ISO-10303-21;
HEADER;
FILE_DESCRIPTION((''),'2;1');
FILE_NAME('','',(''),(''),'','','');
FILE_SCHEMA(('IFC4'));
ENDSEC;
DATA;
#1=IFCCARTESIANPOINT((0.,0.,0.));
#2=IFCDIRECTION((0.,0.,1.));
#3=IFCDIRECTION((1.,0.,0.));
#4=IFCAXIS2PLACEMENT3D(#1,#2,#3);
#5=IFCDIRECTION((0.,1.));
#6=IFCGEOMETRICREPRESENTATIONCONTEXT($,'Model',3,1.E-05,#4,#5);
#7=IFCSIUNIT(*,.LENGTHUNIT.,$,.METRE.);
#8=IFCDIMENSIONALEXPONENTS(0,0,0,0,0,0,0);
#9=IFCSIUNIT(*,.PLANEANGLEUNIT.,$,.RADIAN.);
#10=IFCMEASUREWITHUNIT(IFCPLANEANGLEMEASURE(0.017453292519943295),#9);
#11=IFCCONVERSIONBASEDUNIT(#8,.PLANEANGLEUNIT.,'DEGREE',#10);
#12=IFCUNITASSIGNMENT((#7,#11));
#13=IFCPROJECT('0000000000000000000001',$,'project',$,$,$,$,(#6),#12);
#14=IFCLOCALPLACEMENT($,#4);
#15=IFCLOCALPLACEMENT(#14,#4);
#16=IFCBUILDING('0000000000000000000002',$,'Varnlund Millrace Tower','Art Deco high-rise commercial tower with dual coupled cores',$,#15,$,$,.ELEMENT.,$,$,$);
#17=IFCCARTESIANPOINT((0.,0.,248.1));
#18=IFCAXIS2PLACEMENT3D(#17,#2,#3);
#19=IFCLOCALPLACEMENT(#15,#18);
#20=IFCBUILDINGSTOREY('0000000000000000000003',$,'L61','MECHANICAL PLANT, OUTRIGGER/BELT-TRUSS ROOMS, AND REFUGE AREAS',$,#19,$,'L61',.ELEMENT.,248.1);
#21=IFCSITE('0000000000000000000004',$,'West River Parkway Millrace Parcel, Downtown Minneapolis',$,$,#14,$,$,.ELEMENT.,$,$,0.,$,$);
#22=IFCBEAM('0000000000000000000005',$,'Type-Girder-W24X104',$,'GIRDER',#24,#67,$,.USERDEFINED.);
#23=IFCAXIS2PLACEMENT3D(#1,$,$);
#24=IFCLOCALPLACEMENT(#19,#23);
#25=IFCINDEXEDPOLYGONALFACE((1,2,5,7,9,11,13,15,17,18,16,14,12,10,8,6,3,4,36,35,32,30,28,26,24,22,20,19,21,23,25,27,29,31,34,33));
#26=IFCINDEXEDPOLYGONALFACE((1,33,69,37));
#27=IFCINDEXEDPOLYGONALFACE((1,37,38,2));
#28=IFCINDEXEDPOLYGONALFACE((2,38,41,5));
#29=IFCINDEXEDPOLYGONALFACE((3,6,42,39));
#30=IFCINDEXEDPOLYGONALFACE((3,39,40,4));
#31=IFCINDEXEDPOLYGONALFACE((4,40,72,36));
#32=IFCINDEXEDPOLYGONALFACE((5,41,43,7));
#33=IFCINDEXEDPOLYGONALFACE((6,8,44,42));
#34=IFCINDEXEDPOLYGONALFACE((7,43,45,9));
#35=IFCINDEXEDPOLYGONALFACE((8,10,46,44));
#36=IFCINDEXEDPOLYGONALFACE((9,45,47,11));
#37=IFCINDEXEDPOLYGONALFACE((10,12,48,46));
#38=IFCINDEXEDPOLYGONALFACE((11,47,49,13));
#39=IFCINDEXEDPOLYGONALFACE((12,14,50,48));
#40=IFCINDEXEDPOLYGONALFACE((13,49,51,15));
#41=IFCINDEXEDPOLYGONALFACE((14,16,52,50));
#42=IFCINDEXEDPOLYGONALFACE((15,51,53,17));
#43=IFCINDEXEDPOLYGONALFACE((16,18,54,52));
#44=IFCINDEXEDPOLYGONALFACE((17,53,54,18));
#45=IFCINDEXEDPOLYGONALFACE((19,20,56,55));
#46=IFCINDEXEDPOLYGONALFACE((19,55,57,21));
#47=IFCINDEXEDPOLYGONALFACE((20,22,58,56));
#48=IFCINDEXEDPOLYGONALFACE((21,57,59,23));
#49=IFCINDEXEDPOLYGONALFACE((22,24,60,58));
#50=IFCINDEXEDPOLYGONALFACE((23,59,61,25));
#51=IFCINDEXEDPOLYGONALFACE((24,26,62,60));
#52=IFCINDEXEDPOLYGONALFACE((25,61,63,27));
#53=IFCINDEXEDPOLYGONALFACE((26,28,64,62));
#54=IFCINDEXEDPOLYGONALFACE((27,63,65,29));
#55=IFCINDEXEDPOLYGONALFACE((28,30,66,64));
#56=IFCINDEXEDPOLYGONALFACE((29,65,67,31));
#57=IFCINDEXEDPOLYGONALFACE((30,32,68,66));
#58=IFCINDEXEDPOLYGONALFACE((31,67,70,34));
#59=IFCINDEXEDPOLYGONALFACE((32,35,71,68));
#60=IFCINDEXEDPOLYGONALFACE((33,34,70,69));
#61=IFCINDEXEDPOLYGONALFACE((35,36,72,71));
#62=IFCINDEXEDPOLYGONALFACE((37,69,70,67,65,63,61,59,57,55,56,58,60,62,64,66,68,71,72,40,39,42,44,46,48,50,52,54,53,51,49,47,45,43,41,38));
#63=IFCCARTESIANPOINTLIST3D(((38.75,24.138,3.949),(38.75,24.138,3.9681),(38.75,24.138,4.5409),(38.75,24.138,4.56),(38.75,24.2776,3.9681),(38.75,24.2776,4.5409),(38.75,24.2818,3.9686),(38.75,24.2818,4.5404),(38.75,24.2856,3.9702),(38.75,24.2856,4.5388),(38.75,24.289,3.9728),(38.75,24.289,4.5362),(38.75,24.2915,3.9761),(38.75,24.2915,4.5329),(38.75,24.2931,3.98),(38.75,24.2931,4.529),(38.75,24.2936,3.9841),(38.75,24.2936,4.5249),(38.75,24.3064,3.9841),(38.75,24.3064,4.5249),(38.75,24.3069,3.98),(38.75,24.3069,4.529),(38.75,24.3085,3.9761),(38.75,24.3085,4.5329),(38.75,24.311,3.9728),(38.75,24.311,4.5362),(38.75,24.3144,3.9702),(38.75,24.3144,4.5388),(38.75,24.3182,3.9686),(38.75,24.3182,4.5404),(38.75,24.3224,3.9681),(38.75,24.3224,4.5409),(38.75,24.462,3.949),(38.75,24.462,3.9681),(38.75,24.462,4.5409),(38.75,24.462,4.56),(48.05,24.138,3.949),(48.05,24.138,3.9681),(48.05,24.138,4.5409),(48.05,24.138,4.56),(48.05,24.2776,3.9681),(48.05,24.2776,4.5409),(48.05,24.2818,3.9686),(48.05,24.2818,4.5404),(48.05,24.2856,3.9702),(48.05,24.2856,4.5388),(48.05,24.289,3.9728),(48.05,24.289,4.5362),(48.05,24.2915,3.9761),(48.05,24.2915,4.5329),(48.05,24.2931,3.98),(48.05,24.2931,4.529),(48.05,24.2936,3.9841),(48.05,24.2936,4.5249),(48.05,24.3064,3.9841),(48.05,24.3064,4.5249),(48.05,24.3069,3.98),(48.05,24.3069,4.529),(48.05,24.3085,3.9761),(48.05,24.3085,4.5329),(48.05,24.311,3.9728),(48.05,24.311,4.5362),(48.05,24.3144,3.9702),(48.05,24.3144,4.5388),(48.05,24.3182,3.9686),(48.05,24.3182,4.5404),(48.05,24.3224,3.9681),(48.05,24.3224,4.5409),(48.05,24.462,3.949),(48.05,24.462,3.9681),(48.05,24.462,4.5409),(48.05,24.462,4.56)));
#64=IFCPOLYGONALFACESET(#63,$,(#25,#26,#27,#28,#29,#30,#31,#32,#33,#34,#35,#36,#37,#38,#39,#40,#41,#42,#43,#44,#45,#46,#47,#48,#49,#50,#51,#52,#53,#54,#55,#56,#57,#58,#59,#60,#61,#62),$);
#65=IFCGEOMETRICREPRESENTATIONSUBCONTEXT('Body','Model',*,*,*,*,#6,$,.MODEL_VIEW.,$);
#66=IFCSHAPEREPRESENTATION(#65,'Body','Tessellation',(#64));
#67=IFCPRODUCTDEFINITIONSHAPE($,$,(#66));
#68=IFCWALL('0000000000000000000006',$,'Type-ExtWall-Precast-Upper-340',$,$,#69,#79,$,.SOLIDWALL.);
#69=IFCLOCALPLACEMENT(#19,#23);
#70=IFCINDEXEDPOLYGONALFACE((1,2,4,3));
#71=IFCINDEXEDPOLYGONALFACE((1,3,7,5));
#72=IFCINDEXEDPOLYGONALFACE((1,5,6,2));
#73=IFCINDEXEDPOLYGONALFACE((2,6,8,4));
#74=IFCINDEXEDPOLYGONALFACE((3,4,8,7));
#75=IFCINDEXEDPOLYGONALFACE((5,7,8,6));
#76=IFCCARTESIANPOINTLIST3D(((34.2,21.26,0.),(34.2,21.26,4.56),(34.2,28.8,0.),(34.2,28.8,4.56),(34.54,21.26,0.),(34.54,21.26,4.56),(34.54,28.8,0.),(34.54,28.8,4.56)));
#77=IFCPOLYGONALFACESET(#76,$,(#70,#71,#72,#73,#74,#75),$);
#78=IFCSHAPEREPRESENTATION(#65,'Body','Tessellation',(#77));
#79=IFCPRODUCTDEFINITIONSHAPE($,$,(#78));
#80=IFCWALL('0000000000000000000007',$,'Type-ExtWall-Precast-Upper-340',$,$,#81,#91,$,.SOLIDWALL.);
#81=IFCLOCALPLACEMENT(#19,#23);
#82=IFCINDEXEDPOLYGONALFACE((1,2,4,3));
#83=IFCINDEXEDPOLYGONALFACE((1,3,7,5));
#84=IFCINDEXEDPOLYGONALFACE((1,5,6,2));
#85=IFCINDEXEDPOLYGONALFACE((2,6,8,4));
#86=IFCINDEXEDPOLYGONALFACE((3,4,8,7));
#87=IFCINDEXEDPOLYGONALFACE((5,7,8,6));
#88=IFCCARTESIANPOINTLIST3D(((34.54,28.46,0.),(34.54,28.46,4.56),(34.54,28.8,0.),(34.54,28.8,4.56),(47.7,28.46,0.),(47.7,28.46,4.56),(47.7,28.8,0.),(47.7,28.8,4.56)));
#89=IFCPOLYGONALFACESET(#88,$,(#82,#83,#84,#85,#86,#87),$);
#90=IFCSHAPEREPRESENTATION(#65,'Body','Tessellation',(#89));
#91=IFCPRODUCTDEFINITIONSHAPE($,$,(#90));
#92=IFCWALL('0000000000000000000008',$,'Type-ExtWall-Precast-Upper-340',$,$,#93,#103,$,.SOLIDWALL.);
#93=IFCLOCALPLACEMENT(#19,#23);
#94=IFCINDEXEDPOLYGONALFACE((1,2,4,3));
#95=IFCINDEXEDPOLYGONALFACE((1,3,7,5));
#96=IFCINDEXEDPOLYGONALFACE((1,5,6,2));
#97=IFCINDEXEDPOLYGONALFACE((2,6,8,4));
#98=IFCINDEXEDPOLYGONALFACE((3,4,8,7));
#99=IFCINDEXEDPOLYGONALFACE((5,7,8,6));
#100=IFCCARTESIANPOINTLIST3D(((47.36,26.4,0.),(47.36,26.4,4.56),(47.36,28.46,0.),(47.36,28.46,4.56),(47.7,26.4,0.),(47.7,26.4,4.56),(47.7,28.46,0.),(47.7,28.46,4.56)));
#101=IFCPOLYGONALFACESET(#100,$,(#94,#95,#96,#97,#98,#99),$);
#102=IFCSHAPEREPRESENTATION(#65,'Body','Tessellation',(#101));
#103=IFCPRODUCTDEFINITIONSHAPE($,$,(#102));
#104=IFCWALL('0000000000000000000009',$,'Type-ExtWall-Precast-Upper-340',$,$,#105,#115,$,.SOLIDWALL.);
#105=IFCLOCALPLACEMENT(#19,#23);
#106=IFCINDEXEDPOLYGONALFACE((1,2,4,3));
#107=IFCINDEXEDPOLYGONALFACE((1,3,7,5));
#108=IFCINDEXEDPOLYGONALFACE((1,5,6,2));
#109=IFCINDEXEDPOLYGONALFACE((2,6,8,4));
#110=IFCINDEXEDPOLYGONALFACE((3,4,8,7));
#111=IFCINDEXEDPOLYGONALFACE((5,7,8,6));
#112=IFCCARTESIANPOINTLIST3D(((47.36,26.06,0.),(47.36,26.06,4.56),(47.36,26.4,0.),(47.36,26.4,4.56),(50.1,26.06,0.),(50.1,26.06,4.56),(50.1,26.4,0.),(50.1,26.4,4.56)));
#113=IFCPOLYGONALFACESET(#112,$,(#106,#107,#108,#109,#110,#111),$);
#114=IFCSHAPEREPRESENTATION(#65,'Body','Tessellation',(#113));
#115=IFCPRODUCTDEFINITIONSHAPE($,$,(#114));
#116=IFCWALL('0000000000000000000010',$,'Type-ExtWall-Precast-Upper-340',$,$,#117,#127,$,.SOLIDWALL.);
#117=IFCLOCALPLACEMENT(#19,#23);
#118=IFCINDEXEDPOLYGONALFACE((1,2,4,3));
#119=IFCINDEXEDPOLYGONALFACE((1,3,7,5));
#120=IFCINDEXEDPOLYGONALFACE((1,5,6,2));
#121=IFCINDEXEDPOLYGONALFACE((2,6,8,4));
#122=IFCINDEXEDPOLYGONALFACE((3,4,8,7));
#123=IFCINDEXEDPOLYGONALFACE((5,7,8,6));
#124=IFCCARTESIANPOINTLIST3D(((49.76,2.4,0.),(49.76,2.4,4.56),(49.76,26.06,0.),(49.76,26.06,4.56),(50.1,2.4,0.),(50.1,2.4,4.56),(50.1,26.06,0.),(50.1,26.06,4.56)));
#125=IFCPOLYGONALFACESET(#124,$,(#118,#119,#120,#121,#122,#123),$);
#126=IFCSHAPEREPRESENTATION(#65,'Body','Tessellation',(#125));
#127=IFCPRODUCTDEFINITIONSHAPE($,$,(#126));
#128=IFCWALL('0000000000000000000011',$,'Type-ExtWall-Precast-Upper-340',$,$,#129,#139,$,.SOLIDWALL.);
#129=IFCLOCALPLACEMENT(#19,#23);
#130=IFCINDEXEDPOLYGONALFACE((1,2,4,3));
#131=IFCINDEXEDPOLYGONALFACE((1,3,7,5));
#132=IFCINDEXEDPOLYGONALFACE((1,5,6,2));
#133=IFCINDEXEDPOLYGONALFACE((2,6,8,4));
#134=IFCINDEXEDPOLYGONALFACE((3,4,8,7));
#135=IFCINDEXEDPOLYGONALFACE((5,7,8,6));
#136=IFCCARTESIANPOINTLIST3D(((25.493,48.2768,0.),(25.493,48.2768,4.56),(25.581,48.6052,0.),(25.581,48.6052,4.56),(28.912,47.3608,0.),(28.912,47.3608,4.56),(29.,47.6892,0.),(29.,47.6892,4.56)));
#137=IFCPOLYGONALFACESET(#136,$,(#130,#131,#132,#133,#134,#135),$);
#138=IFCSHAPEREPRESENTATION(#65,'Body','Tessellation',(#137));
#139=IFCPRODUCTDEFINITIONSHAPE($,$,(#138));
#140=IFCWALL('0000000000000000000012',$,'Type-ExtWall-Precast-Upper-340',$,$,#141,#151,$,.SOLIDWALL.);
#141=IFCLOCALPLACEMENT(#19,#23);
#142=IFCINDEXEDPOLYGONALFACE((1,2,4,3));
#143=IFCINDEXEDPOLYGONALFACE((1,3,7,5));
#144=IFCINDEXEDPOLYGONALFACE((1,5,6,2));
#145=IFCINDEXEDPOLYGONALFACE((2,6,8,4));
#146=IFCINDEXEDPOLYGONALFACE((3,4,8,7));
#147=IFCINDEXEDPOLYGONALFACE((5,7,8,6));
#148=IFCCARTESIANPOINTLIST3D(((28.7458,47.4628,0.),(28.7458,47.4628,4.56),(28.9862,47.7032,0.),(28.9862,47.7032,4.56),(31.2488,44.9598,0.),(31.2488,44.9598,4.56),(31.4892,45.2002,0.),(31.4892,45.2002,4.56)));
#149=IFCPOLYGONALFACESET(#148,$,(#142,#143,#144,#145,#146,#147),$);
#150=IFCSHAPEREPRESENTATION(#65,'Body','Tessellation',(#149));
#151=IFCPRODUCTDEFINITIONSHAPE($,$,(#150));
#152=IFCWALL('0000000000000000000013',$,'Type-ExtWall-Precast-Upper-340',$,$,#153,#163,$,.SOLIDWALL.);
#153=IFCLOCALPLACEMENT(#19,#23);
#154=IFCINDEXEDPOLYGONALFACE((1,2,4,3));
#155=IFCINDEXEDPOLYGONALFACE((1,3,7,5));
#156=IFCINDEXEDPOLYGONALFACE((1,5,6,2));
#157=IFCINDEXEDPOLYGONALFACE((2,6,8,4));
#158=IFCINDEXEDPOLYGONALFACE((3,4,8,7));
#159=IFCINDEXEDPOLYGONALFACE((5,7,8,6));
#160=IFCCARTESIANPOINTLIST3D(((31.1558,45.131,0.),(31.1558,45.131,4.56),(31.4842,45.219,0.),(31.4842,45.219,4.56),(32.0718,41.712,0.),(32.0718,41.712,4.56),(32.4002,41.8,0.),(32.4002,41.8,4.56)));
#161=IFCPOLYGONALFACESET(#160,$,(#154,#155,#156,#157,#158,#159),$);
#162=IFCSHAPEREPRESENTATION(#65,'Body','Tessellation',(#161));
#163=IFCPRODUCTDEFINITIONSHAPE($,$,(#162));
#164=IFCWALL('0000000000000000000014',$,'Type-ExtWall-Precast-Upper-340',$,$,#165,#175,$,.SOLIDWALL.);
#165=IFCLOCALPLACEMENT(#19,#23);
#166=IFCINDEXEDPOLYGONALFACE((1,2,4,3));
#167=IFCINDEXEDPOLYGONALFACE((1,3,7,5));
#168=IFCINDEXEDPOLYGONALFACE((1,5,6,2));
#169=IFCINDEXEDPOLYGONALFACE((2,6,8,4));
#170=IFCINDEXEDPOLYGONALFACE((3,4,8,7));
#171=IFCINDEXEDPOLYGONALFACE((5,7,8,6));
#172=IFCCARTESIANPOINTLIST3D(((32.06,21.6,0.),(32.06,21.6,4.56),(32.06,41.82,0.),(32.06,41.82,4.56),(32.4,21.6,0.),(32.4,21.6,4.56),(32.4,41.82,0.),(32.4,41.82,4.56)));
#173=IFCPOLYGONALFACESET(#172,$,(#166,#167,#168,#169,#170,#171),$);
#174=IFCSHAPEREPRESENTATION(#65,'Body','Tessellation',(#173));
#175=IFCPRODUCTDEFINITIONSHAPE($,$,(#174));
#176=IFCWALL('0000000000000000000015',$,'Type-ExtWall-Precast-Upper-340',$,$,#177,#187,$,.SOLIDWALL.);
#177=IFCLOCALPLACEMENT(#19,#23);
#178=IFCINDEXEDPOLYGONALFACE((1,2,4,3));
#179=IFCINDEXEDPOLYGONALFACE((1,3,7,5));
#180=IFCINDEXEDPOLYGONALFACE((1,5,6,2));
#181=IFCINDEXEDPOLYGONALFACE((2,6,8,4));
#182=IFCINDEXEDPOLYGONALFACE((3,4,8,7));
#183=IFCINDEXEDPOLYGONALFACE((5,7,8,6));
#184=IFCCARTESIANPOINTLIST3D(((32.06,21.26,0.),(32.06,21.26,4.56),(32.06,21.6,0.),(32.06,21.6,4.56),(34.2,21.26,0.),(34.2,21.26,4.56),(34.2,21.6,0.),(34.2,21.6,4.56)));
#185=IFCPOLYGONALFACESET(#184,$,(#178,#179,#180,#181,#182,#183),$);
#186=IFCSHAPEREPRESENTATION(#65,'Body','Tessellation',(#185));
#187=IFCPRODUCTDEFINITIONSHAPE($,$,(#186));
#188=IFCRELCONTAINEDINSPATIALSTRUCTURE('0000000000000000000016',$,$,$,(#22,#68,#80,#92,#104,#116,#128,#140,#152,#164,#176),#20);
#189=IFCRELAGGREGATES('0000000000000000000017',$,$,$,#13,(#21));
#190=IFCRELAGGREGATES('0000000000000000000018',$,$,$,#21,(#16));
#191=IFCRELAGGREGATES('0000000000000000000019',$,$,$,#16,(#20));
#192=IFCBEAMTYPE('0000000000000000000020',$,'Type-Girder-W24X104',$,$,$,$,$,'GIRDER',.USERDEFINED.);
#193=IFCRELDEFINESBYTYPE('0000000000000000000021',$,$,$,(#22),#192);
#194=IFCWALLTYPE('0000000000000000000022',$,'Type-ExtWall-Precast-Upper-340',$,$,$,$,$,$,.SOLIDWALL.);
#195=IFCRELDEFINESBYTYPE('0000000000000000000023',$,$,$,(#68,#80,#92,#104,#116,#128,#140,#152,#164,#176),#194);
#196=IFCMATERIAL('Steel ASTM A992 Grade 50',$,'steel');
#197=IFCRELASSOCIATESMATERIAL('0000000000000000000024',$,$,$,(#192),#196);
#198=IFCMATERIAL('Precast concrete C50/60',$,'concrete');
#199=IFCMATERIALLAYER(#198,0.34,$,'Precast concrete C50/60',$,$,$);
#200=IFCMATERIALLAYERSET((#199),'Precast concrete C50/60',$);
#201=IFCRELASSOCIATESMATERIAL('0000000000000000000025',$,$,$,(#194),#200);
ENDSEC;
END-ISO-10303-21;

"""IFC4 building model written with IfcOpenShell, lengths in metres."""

from ifc_helpers import new_model, entity, si_unit, converted_unit, direction, frame, origin_with_axes, origin_2d_with_axis, place, context, subcontext, project, spatial, polyline, i_section, outline, extrude, material, layer, layer_set, material_profile, profile_set, type_object, element, save


model = new_model("IFC4")

# Units and contexts
model_context = context("Model", 3, precision=1e-05, world=origin_with_axes(), true_north=direction((0.0, 1.0)))
body_context = subcontext(model_context, "Body", "Model", "MODEL_VIEW")
ifc_project = project(units=[si_unit("LENGTHUNIT", "METRE"), converted_unit("PLANEANGLEUNIT", "DEGREE", entity("IfcPlaneAngleMeasure", 0.017453292519943295), si_unit("PLANEANGLEUNIT", "RADIAN"), dimensions=[0, 0, 0, 0, 0, 0, 0])], contexts=[model_context])

# Site, building, storey
site_placement = place(None, origin_with_axes())
site = spatial("IfcSite", under=ifc_project, at=site_placement, Name="West River Parkway Millrace Parcel, Downtown Minneapolis", CompositionType="ELEMENT", RefElevation=0.0)
building_placement = place(site_placement, origin_with_axes())
building = spatial("IfcBuilding", under=site, at=building_placement, Name="Varnlund Millrace Tower", Description="Art Deco high-rise commercial tower with dual coupled cores", CompositionType="ELEMENT")
storey_placement = place(building_placement, frame((0.0, 0.0, 248.1), z_axis=(0.0, 0.0, 1.0), x_axis=(1.0, 0.0, 0.0)))
storey = spatial("IfcBuildingStorey", under=building, at=storey_placement, Name="L61", Description="MECHANICAL PLANT, OUTRIGGER/BELT-TRUSS ROOMS, AND REFUGE AREAS", LongName="L61", CompositionType="ELEMENT", Elevation=248.1)

# Beam
ifc_material_1 = material(Name="Steel ASTM A992 Grade 50", Category="steel")
ifc_material_profile_1 = material_profile(ifc_material_1, i_section(OverallWidth=0.324, OverallDepth=0.611, WebThickness=0.0127, FlangeThickness=0.0191, FilletRadius=0.016, at=origin_2d_with_axis()), Name="Steel ASTM A992 Grade 50")
ifc_profile_set_1 = profile_set([ifc_material_profile_1], Name="Steel ASTM A992 Grade 50")
beam_type_1 = type_object("IfcBeamType", Name="Type-Girder-W24X104", ElementType="GIRDER", PredefinedType="USERDEFINED", material=ifc_profile_set_1)
beam_1_placement = place(storey_placement, frame((38.75, 24.3, 4.2545), z_axis=(1.0, 0.0, 0.0), x_axis=(0.0, 1.0, 0.0)))
element("IfcBeam", 1, at=beam_1_placement, inside=storey, type_object=beam_type_1, Name="Type-Girder-W24X104", ObjectType="GIRDER", PredefinedType="USERDEFINED", context=body_context, shape_type="SweptSolid", body=[
    extrude(i_section(OverallWidth=0.324, OverallDepth=0.611, WebThickness=0.0127, FlangeThickness=0.0191, FilletRadius=0.016, at=origin_2d_with_axis()), origin_with_axes(), (0.0, 0.0, 1.0), 9.3),
])

# Walls
ifc_material_2 = material(Name="Precast concrete C50/60", Category="concrete")
ifc_layer_1 = layer(ifc_material_2, 0.34, Name="Precast concrete C50/60")
ifc_layer_set_1 = layer_set([ifc_layer_1], Name="Precast concrete C50/60")
wall_type_1 = type_object("IfcWallType", Name="Type-ExtWall-Precast-Upper-340", PredefinedType="SOLIDWALL", material=ifc_layer_set_1)
wall_1_placement = place(storey_placement, frame((34.37, 21.26, 0.0), z_axis=(0.0, 0.0, 1.0), x_axis=(0.0, 1.0, 0.0)))
element("IfcWall", 2, at=wall_1_placement, inside=storey, type_object=wall_type_1, Name="Type-ExtWall-Precast-Upper-340", PredefinedType="SOLIDWALL", context=body_context, shape_type="SweptSolid", body=[
    extrude(outline(polyline([(0.0, -0.17), (7.54, -0.17), (7.54, 0.17), (0.0, 0.17), (0.0, -0.17)])), origin_with_axes(), (0.0, 0.0, 1.0), 4.56),
])
wall_2_placement = place(storey_placement, frame((34.54, 28.63, 0.0), z_axis=(0.0, 0.0, 1.0), x_axis=(1.0, 0.0, 0.0)))
element("IfcWall", 3, at=wall_2_placement, inside=storey, type_object=wall_type_1, Name="Type-ExtWall-Precast-Upper-340", PredefinedType="SOLIDWALL", context=body_context, shape_type="SweptSolid", body=[
    extrude(outline(polyline([(0.0, -0.17), (13.16, -0.17), (13.16, 0.17), (0.0, 0.17), (0.0, -0.17)])), origin_with_axes(), (0.0, 0.0, 1.0), 4.56),
])
wall_3_placement = place(storey_placement, frame((47.53, 28.46, 0.0), z_axis=(0.0, 0.0, 1.0), x_axis=(0.0, -1.0, 0.0)))
element("IfcWall", 4, at=wall_3_placement, inside=storey, type_object=wall_type_1, Name="Type-ExtWall-Precast-Upper-340", PredefinedType="SOLIDWALL", context=body_context, shape_type="SweptSolid", body=[
    extrude(outline(polyline([(0.0, -0.17), (2.06, -0.17), (2.06, 0.17), (0.0, 0.17), (0.0, -0.17)])), origin_with_axes(), (0.0, 0.0, 1.0), 4.56),
])
wall_4_placement = place(storey_placement, frame((47.36, 26.23, 0.0), z_axis=(0.0, 0.0, 1.0), x_axis=(1.0, 0.0, 0.0)))
element("IfcWall", 5, at=wall_4_placement, inside=storey, type_object=wall_type_1, Name="Type-ExtWall-Precast-Upper-340", PredefinedType="SOLIDWALL", context=body_context, shape_type="SweptSolid", body=[
    extrude(outline(polyline([(0.0, -0.17), (2.74, -0.17), (2.74, 0.17), (0.0, 0.17), (0.0, -0.17)])), origin_with_axes(), (0.0, 0.0, 1.0), 4.56),
])
wall_5_placement = place(storey_placement, frame((49.93, 26.06, 0.0), z_axis=(0.0, 0.0, 1.0), x_axis=(0.0, -1.0, 0.0)))
element("IfcWall", 6, at=wall_5_placement, inside=storey, type_object=wall_type_1, Name="Type-ExtWall-Precast-Upper-340", PredefinedType="SOLIDWALL", context=body_context, shape_type="SweptSolid", body=[
    extrude(outline(polyline([(0.0, -0.17), (23.66, -0.17), (23.66, 0.17), (0.0, 0.17), (0.0, -0.17)])), origin_with_axes(), (0.0, 0.0, 1.0), 4.56),
])
wall_6_placement = place(storey_placement, frame((25.537, 48.441, 0.0), z_axis=(0.0, 0.0, 1.0), x_axis=(0.965934, -0.258788, 0.0)))
element("IfcWall", 7, at=wall_6_placement, inside=storey, type_object=wall_type_1, Name="Type-ExtWall-Precast-Upper-340", PredefinedType="SOLIDWALL", context=body_context, shape_type="SweptSolid", body=[
    extrude(outline(polyline([(0.0, -0.17), (3.5396, -0.17), (3.5396, 0.17), (0.0, 0.17), (0.0, -0.17)])), origin_with_axes(), (0.0, 0.0, 1.0), 4.56),
])
wall_7_placement = place(storey_placement, frame((28.866, 47.583, 0.0), z_axis=(0.0, 0.0, 1.0), x_axis=(0.707107, -0.707107, 0.0)))
element("IfcWall", 8, at=wall_7_placement, inside=storey, type_object=wall_type_1, Name="Type-ExtWall-Precast-Upper-340", PredefinedType="SOLIDWALL", context=body_context, shape_type="SweptSolid", body=[
    extrude(outline(polyline([(0.0, -0.17), (3.5398, -0.17), (3.5398, 0.17), (0.0, 0.17), (0.0, -0.17)])), origin_with_axes(), (0.0, 0.0, 1.0), 4.56),
])
wall_8_placement = place(storey_placement, frame((31.32, 45.175, 0.0), z_axis=(0.0, 0.0, 1.0), x_axis=(0.258788, -0.965934, 0.0)))
element("IfcWall", 9, at=wall_8_placement, inside=storey, type_object=wall_type_1, Name="Type-ExtWall-Precast-Upper-340", PredefinedType="SOLIDWALL", context=body_context, shape_type="SweptSolid", body=[
    extrude(outline(polyline([(0.0, -0.17), (3.5396, -0.17), (3.5396, 0.17), (0.0, 0.17), (0.0, -0.17)])), origin_with_axes(), (0.0, 0.0, 1.0), 4.56),
])
wall_9_placement = place(storey_placement, frame((32.23, 41.82, 0.0), z_axis=(0.0, 0.0, 1.0), x_axis=(0.0, -1.0, 0.0)))
element("IfcWall", 10, at=wall_9_placement, inside=storey, type_object=wall_type_1, Name="Type-ExtWall-Precast-Upper-340", PredefinedType="SOLIDWALL", context=body_context, shape_type="SweptSolid", body=[
    extrude(outline(polyline([(0.0, -0.17), (20.22, -0.17), (20.22, 0.17), (0.0, 0.17), (0.0, -0.17)])), origin_with_axes(), (0.0, 0.0, 1.0), 4.56),
])
wall_10_placement = place(storey_placement, frame((32.06, 21.43, 0.0), z_axis=(0.0, 0.0, 1.0), x_axis=(1.0, 0.0, 0.0)))
element("IfcWall", 11, at=wall_10_placement, inside=storey, type_object=wall_type_1, Name="Type-ExtWall-Precast-Upper-340", PredefinedType="SOLIDWALL", context=body_context, shape_type="SweptSolid", body=[
    extrude(outline(polyline([(0.0, -0.17), (2.14, -0.17), (2.14, 0.17), (0.0, 0.17), (0.0, -0.17)])), origin_with_axes(), (0.0, 0.0, 1.0), 4.56),
])

save(model, "model.ifc")
